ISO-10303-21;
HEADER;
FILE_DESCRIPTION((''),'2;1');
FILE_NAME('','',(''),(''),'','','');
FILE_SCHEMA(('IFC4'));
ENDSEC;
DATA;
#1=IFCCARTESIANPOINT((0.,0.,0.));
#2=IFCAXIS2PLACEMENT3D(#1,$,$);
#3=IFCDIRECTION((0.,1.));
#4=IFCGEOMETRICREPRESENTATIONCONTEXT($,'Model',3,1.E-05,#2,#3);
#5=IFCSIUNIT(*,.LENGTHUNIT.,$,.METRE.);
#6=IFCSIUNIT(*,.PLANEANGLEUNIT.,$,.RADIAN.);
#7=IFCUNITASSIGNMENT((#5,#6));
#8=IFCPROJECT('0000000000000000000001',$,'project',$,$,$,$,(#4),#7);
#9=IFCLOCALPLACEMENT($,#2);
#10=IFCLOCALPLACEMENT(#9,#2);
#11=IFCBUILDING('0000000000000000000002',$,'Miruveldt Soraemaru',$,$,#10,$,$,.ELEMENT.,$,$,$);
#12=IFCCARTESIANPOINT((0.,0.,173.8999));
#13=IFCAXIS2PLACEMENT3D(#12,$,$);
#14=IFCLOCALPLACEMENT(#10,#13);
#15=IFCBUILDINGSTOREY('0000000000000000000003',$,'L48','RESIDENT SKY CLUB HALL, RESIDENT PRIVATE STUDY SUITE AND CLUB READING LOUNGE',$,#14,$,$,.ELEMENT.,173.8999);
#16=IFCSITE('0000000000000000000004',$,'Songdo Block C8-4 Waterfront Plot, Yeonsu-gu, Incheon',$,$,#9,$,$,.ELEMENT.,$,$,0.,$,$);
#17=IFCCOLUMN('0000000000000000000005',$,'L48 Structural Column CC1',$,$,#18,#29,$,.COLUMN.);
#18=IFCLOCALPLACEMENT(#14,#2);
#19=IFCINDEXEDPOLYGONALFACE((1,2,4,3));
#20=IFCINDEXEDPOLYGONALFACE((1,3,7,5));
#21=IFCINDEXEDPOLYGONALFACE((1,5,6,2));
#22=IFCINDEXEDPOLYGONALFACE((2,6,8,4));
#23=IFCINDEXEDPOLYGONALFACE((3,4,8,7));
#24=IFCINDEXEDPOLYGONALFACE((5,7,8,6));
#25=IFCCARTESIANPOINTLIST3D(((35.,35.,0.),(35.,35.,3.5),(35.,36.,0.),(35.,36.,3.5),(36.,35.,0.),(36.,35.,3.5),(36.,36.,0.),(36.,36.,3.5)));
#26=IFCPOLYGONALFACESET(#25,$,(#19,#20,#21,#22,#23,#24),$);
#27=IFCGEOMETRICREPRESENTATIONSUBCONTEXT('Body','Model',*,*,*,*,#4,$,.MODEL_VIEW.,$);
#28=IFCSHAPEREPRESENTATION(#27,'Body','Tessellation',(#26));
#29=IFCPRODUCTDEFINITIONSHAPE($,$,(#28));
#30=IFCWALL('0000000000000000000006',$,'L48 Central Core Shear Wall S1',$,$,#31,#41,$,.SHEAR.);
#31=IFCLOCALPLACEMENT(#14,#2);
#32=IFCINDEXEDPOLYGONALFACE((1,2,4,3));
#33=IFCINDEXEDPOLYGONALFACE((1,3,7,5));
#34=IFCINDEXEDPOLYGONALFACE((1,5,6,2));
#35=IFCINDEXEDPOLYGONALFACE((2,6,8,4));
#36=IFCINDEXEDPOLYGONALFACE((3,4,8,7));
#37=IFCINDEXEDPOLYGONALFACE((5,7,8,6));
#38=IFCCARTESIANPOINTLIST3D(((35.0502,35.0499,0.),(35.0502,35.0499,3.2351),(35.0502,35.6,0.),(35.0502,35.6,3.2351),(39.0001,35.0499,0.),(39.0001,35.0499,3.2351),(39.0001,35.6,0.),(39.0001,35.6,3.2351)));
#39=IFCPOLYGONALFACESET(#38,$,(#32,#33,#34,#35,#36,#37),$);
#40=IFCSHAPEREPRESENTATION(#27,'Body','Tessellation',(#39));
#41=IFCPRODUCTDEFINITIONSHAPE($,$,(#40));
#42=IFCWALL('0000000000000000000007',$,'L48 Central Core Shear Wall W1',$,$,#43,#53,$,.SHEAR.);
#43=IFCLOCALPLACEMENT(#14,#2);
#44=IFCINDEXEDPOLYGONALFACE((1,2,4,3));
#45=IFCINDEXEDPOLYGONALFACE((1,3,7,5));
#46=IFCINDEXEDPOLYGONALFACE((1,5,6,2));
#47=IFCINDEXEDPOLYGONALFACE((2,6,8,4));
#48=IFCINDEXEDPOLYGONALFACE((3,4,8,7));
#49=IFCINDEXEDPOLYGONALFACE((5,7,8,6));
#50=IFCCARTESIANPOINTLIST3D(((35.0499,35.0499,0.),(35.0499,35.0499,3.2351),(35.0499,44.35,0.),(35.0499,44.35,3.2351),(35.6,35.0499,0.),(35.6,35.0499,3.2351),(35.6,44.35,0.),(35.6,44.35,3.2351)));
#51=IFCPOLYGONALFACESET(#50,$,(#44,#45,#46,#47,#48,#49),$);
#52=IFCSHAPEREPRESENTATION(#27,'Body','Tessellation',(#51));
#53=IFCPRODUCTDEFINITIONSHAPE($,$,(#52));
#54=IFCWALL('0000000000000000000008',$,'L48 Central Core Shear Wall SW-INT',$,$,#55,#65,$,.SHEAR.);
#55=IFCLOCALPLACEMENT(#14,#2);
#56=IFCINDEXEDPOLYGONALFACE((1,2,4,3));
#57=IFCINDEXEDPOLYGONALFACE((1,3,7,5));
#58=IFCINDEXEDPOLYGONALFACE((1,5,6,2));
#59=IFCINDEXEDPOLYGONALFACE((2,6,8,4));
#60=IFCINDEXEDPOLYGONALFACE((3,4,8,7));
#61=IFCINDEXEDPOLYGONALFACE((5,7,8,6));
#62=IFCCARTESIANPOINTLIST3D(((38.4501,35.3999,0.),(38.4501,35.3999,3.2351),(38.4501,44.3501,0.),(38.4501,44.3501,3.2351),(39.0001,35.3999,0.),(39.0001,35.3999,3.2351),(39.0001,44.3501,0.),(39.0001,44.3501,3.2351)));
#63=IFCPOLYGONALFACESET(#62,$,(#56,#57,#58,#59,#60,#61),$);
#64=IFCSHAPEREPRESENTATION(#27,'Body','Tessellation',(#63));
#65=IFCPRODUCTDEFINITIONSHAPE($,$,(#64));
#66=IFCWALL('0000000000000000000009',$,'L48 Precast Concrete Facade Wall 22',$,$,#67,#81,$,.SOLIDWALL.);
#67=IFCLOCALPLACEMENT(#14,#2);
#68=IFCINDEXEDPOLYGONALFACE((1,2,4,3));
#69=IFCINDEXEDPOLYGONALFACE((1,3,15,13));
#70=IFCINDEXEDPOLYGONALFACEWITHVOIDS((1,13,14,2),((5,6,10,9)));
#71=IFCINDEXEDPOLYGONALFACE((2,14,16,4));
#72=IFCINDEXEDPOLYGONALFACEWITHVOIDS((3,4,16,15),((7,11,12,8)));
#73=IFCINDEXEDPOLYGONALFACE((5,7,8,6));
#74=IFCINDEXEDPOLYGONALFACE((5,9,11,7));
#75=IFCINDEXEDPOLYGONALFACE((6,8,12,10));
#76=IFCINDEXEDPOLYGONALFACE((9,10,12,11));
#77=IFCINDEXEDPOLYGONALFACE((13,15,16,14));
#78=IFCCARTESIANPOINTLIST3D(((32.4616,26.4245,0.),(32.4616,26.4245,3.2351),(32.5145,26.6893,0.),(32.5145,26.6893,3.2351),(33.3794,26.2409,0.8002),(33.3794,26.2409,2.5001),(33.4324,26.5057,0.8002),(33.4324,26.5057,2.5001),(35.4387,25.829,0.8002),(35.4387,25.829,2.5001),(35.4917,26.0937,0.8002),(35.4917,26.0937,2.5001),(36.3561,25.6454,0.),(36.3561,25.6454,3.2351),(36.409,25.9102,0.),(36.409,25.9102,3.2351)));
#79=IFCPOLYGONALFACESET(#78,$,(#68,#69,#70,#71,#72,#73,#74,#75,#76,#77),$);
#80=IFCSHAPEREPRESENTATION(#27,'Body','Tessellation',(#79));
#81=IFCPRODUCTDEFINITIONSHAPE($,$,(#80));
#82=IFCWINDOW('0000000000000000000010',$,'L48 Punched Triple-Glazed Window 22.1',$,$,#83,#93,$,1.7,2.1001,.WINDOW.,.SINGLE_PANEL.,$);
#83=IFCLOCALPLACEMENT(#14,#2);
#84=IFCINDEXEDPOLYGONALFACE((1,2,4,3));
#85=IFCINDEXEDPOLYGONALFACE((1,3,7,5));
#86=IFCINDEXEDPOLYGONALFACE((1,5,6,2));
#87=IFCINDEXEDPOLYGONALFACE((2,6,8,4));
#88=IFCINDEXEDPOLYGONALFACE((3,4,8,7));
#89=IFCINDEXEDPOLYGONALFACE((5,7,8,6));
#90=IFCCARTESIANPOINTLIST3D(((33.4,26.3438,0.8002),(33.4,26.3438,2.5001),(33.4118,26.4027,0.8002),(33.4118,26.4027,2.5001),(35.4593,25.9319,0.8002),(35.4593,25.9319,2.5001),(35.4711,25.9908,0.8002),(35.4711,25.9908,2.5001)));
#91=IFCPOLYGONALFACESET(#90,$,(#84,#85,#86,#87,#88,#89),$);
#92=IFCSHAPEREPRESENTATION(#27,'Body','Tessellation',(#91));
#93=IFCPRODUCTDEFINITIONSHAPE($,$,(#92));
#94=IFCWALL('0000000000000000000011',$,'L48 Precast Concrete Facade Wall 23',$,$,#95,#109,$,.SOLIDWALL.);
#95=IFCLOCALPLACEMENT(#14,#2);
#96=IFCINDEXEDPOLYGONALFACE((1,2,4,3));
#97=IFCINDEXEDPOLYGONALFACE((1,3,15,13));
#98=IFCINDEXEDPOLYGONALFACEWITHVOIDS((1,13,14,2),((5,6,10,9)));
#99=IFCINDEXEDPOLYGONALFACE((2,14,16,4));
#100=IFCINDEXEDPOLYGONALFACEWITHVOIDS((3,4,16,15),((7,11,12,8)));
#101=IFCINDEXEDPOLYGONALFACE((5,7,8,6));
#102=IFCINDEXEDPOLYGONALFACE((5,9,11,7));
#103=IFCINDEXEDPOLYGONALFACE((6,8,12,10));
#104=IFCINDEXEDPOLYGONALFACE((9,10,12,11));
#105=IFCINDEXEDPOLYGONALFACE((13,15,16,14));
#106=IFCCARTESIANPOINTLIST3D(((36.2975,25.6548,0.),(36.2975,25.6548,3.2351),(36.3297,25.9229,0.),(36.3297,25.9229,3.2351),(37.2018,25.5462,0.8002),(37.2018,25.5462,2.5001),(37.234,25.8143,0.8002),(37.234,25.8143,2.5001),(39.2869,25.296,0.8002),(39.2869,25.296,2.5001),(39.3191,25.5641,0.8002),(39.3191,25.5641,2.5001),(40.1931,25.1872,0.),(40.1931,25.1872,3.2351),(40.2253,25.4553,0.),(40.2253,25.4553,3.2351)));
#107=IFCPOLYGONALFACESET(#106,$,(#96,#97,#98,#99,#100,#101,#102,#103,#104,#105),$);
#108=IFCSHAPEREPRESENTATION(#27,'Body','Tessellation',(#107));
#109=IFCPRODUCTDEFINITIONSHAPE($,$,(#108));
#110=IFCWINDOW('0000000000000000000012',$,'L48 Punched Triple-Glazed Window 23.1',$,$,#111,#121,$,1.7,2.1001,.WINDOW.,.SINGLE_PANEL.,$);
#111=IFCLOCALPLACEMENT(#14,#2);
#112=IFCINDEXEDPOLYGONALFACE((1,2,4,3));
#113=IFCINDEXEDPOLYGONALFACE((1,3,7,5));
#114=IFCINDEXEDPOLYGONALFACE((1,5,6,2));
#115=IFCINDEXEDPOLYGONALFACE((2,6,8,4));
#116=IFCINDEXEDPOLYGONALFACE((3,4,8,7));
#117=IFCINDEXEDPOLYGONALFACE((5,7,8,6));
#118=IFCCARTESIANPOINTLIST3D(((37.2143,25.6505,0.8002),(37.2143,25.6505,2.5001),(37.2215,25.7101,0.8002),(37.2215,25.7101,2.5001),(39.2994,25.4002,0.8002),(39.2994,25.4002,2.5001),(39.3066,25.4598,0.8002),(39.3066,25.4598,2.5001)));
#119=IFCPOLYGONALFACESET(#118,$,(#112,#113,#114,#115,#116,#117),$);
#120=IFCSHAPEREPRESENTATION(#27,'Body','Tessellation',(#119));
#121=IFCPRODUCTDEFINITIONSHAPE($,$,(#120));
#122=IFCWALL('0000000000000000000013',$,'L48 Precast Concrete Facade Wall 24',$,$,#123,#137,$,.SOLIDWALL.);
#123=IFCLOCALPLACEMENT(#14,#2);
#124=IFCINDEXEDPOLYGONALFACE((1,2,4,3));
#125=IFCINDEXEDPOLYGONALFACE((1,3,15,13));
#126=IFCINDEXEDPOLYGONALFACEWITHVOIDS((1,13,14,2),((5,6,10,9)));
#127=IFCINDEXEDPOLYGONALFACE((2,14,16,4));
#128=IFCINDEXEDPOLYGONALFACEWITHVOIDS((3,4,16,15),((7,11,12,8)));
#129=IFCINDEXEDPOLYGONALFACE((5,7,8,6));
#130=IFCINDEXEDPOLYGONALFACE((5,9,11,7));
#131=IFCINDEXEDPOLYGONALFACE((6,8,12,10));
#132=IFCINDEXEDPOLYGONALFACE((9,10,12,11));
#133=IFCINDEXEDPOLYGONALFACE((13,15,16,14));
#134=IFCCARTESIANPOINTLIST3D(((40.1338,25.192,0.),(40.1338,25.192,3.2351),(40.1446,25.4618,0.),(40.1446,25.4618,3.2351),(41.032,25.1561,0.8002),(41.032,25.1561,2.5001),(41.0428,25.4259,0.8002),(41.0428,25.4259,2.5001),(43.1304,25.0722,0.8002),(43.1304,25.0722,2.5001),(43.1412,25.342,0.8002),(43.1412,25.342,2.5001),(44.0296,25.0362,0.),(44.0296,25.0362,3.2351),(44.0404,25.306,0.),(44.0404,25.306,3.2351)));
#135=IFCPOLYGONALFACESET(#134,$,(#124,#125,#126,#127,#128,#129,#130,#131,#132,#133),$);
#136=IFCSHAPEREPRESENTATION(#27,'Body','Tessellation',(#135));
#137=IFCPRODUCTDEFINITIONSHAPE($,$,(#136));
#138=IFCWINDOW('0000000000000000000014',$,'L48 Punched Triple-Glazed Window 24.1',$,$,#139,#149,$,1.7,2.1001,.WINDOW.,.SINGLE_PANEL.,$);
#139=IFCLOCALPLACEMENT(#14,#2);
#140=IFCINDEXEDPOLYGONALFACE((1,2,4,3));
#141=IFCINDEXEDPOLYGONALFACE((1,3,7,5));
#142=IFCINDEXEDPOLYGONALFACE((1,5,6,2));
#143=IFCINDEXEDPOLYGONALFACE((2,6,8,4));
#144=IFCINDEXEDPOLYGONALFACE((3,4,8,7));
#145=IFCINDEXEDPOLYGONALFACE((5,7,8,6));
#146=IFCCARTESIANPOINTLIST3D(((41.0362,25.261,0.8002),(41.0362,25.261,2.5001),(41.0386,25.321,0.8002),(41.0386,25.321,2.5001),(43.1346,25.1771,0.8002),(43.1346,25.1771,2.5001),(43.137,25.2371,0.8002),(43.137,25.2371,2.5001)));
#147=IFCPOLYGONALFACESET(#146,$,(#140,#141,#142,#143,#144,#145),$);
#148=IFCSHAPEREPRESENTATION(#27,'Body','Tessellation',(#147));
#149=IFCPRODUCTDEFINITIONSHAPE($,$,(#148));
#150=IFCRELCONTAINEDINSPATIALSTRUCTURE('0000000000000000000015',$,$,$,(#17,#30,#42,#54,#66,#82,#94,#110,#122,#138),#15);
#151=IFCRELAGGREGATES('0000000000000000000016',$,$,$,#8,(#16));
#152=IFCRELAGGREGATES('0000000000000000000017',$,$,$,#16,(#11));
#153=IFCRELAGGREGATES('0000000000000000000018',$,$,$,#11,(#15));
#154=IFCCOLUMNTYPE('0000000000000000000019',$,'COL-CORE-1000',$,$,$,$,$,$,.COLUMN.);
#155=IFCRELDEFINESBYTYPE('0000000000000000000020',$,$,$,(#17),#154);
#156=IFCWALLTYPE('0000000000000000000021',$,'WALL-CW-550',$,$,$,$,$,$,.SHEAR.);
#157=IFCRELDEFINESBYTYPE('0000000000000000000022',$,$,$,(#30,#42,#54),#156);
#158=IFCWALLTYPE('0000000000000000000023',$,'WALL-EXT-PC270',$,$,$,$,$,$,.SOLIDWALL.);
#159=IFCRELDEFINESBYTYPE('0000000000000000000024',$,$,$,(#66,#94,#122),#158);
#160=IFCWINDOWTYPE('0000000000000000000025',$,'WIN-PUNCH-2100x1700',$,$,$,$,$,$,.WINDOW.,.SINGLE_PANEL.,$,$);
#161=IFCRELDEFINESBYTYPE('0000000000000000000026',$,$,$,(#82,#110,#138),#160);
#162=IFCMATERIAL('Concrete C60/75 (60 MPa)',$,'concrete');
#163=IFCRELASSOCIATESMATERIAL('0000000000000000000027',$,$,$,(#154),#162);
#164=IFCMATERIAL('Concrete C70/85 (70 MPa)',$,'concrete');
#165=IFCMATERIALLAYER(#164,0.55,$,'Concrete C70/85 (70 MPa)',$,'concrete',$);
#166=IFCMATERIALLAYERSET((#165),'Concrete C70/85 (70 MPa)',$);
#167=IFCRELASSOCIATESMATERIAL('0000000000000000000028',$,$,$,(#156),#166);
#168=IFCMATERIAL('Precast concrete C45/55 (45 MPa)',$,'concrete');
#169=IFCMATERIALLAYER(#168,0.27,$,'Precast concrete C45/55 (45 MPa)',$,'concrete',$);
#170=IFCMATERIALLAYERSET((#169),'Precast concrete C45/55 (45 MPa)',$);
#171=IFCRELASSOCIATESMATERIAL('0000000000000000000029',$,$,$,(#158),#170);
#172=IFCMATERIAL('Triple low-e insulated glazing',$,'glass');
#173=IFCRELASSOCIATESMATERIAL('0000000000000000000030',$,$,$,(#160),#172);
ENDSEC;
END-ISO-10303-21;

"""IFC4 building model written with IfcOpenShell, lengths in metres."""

from ifc_helpers import new_model, si_unit, direction, frame, frame_2d, origin, origin_2d, place, context, subcontext, project, spatial, rectangle, extrude, material, layer, layer_set, material_profile, profile_set, type_object, element, fill, save


model = new_model("IFC4")

# Units and contexts
model_context = context("Model", 3, precision=1e-05, world=origin(), true_north=direction((0.0, 1.0)))
body_context = subcontext(model_context, "Body", "Model", "MODEL_VIEW")
ifc_project = project(units=[si_unit("LENGTHUNIT", "METRE"), si_unit("PLANEANGLEUNIT", "RADIAN")], contexts=[model_context])

# Site, building, storey
site_placement = place(None, origin())
site = spatial("IfcSite", under=ifc_project, at=site_placement, Name="Songdo Block C8-4 Waterfront Plot, Yeonsu-gu, Incheon", CompositionType="ELEMENT", RefElevation=0.0)
building_placement = place(site_placement, origin())
building = spatial("IfcBuilding", under=site, at=building_placement, Name="Miruveldt Soraemaru", CompositionType="ELEMENT")
storey_placement = place(building_placement, frame((0.0, 0.0, 173.8999)))
storey = spatial("IfcBuildingStorey", under=building, at=storey_placement, Name="L48", Description="RESIDENT SKY CLUB HALL, RESIDENT PRIVATE STUDY SUITE AND CLUB READING LOUNGE", CompositionType="ELEMENT", Elevation=173.8999)

# Column
ifc_material_1 = material(Name="Concrete C60/75 (60 MPa)", Category="concrete")
ifc_material_profile = material_profile(ifc_material_1, rectangle(XDim=1.0, YDim=1.0, at=origin_2d()), Name="Concrete C60/75 (60 MPa)", Category="concrete")
ifc_profile_set = profile_set([ifc_material_profile], Name="Concrete C60/75 (60 MPa)")
column_type = type_object("IfcColumnType", Name="COL-CORE-1000", PredefinedType="COLUMN", material=ifc_profile_set)
column_placement = place(storey_placement, frame((35.5, 35.5, 0.0), z_axis=(0.0, 0.0, 1.0), x_axis=(1.0, 0.0, 0.0)))
element("IfcColumn", 1, at=column_placement, inside=storey, type_object=column_type, Name="L48 Structural Column CC1", PredefinedType="COLUMN", context=body_context, shape_type="SweptSolid", body=[
    extrude(rectangle(XDim=1.0, YDim=1.0, at=origin_2d()), origin(), (0.0, 0.0, 1.0), 3.5),
])

# Walls
ifc_material_2 = material(Name="Concrete C70/85 (70 MPa)", Category="concrete")
ifc_layer_1 = layer(ifc_material_2, 0.55, Name="Concrete C70/85 (70 MPa)", Category="concrete")
ifc_layer_set_1 = layer_set([ifc_layer_1], Name="Concrete C70/85 (70 MPa)")
wall_type_1 = type_object("IfcWallType", Name="WALL-CW-550", PredefinedType="SHEAR", material=ifc_layer_set_1)
wall_1_placement = place(storey_placement, frame((35.05, 35.325, 0.0), z_axis=(0.0, 0.0, 1.0), x_axis=(1.0, 0.0, 0.0)))
element("IfcWall", 2, at=wall_1_placement, inside=storey, type_object=wall_type_1, Name="L48 Central Core Shear Wall S1", PredefinedType="SHEAR", context=body_context, shape_type="SweptSolid", body=[
    extrude(rectangle(XDim=3.95, YDim=0.55, at=frame_2d((1.9751, 0.0))), origin(), (0.0, 0.0, 1.0), 3.2351),
])
wall_2_placement = place(storey_placement, frame((35.325, 35.05, 0.0), z_axis=(0.0, 0.0, 1.0), x_axis=(0.0, 1.0, 0.0)))
element("IfcWall", 3, at=wall_2_placement, inside=storey, type_object=wall_type_1, Name="L48 Central Core Shear Wall W1", PredefinedType="SHEAR", context=body_context, shape_type="SweptSolid", body=[
    extrude(rectangle(XDim=9.3, YDim=0.55, at=frame_2d((4.6499, 0.0))), origin(), (0.0, 0.0, 1.0), 3.2351),
])
wall_3_placement = place(storey_placement, frame((38.7251, 35.3999, 0.0), z_axis=(0.0, 0.0, 1.0), x_axis=(0.0, 1.0, 0.0)))
element("IfcWall", 4, at=wall_3_placement, inside=storey, type_object=wall_type_1, Name="L48 Central Core Shear Wall SW-INT", PredefinedType="SHEAR", context=body_context, shape_type="SweptSolid", body=[
    extrude(rectangle(XDim=8.9502, YDim=0.55, at=frame_2d((4.4751, 0.0))), origin(), (0.0, 0.0, 1.0), 3.2351),
])

# Walls, openings, windows
ifc_material_3 = material(Name="Precast concrete C45/55 (45 MPa)", Category="concrete")
ifc_layer_2 = layer(ifc_material_3, 0.27, Name="Precast concrete C45/55 (45 MPa)", Category="concrete")
ifc_layer_set_2 = layer_set([ifc_layer_2], Name="Precast concrete C45/55 (45 MPa)")
wall_type_2 = type_object("IfcWallType", Name="WALL-EXT-PC270", PredefinedType="SOLIDWALL", material=ifc_layer_set_2)
wall_4_placement = place(storey_placement, frame((32.488, 26.5569, 0.0), z_axis=(0.0, 0.0, 1.0), x_axis=(0.980574, -0.196152, 0.0)))
wall_4 = element("IfcWall", 5, at=wall_4_placement, inside=storey, type_object=wall_type_2, Name="L48 Precast Concrete Facade Wall 22", PredefinedType="SOLIDWALL", context=body_context, shape_type="SweptSolid", body=[
    extrude(rectangle(XDim=3.9717, YDim=0.27, at=frame_2d((1.9858, 0.0))), origin(), (0.0, 0.0, 1.0), 3.2351),
])
opening_1_placement = place(wall_4_placement, frame((0.936, 0.0, 0.8)))
opening_1 = element("IfcOpeningElement", 6, at=opening_1_placement, cuts=wall_4, PredefinedType="OPENING", context=body_context, shape_type="SweptSolid", body=[
    extrude(rectangle(XDim=2.1001, YDim=1.7, at=frame_2d((1.05, 0.8501))), frame((0.0, 0.145, 0.0), z_axis=(0.0, -1.0, 0.0), x_axis=(1.0, 0.0, 0.0)), (0.0, 0.0, 1.0), 0.29),
])
ifc_material_4 = material(Name="Triple low-e insulated glazing", Category="glass")
window_type = type_object("IfcWindowType", Name="WIN-PUNCH-2100x1700", PartitioningType="SINGLE_PANEL", PredefinedType="WINDOW", material=ifc_material_4)
window_1_placement = place(opening_1_placement, origin())
window_1 = element("IfcWindow", 7, at=window_1_placement, inside=storey, type_object=window_type, Name="L48 Punched Triple-Glazed Window 22.1", OverallHeight=1.7, OverallWidth=2.1001, PartitioningType="SINGLE_PANEL", PredefinedType="WINDOW", context=body_context, shape_type="SweptSolid", body=[
    extrude(rectangle(XDim=2.1001, YDim=1.7, at=frame_2d((1.05, 0.8501))), frame((0.0, 0.03, 0.0), z_axis=(0.0, -1.0, 0.0), x_axis=(1.0, 0.0, 0.0)), (0.0, 0.0, 1.0), 0.0601),
])
fill(opening_1, window_1)
wall_5_placement = place(storey_placement, frame((36.3135, 25.7888, 0.0), z_axis=(0.0, 0.0, 1.0), x_axis=(0.992875, -0.119162, 0.0)))
wall_5 = element("IfcWall", 8, at=wall_5_placement, inside=storey, type_object=wall_type_2, Name="L48 Precast Concrete Facade Wall 23", PredefinedType="SOLIDWALL", context=body_context, shape_type="SweptSolid", body=[
    extrude(rectangle(XDim=3.9236, YDim=0.27, at=frame_2d((1.9619, 0.0))), origin(), (0.0, 0.0, 1.0), 3.2351),
])
opening_2_placement = place(wall_5_placement, frame((0.9109, 0.0, 0.8)))
opening_2 = element("IfcOpeningElement", 9, at=opening_2_placement, cuts=wall_5, PredefinedType="OPENING", context=body_context, shape_type="SweptSolid", body=[
    extrude(rectangle(XDim=2.1001, YDim=1.7, at=frame_2d((1.05, 0.8501))), frame((0.0, 0.145, 0.0), z_axis=(0.0, -1.0, 0.0), x_axis=(1.0, 0.0, 0.0)), (0.0, 0.0, 1.0), 0.29),
])
window_2_placement = place(opening_2_placement, origin())
window_2 = element("IfcWindow", 10, at=window_2_placement, inside=storey, type_object=window_type, Name="L48 Punched Triple-Glazed Window 23.1", OverallHeight=1.7, OverallWidth=2.1001, PartitioningType="SINGLE_PANEL", PredefinedType="WINDOW", context=body_context, shape_type="SweptSolid", body=[
    extrude(rectangle(XDim=2.1001, YDim=1.7, at=frame_2d((1.05, 0.8501))), frame((0.0, 0.03, 0.0), z_axis=(0.0, -1.0, 0.0), x_axis=(1.0, 0.0, 0.0)), (0.0, 0.0, 1.0), 0.0601),
])
fill(opening_2, window_2)
wall_6_placement = place(storey_placement, frame((40.1392, 25.3269, 0.0), z_axis=(0.0, 0.0, 1.0), x_axis=(0.999202, -0.039951, 0.0)))
wall_6 = element("IfcWall", 11, at=wall_6_placement, inside=storey, type_object=wall_type_2, Name="L48 Precast Concrete Facade Wall 24", PredefinedType="SOLIDWALL", context=body_context, shape_type="SweptSolid", body=[
    extrude(rectangle(XDim=3.8989, YDim=0.27, at=frame_2d((1.9495, 0.0))), origin(), (0.0, 0.0, 1.0), 3.2351),
])
opening_3_placement = place(wall_6_placement, frame((0.8989, 0.0, 0.8)))
opening_3 = element("IfcOpeningElement", 12, at=opening_3_placement, cuts=wall_6, PredefinedType="OPENING", context=body_context, shape_type="SweptSolid", body=[
    extrude(rectangle(XDim=2.1001, YDim=1.7, at=frame_2d((1.05, 0.8501))), frame((0.0, 0.145, 0.0), z_axis=(0.0, -1.0, 0.0), x_axis=(1.0, 0.0, 0.0)), (0.0, 0.0, 1.0), 0.29),
])
window_3_placement = place(opening_3_placement, origin())
window_3 = element("IfcWindow", 13, at=window_3_placement, inside=storey, type_object=window_type, Name="L48 Punched Triple-Glazed Window 24.1", OverallHeight=1.7, OverallWidth=2.1001, PartitioningType="SINGLE_PANEL", PredefinedType="WINDOW", context=body_context, shape_type="SweptSolid", body=[
    extrude(rectangle(XDim=2.1001, YDim=1.7, at=frame_2d((1.05, 0.8501))), frame((0.0, 0.03, 0.0), z_axis=(0.0, -1.0, 0.0), x_axis=(1.0, 0.0, 0.0)), (0.0, 0.0, 1.0), 0.0601),
])
fill(opening_3, window_3)

save(model, "model.ifc")
